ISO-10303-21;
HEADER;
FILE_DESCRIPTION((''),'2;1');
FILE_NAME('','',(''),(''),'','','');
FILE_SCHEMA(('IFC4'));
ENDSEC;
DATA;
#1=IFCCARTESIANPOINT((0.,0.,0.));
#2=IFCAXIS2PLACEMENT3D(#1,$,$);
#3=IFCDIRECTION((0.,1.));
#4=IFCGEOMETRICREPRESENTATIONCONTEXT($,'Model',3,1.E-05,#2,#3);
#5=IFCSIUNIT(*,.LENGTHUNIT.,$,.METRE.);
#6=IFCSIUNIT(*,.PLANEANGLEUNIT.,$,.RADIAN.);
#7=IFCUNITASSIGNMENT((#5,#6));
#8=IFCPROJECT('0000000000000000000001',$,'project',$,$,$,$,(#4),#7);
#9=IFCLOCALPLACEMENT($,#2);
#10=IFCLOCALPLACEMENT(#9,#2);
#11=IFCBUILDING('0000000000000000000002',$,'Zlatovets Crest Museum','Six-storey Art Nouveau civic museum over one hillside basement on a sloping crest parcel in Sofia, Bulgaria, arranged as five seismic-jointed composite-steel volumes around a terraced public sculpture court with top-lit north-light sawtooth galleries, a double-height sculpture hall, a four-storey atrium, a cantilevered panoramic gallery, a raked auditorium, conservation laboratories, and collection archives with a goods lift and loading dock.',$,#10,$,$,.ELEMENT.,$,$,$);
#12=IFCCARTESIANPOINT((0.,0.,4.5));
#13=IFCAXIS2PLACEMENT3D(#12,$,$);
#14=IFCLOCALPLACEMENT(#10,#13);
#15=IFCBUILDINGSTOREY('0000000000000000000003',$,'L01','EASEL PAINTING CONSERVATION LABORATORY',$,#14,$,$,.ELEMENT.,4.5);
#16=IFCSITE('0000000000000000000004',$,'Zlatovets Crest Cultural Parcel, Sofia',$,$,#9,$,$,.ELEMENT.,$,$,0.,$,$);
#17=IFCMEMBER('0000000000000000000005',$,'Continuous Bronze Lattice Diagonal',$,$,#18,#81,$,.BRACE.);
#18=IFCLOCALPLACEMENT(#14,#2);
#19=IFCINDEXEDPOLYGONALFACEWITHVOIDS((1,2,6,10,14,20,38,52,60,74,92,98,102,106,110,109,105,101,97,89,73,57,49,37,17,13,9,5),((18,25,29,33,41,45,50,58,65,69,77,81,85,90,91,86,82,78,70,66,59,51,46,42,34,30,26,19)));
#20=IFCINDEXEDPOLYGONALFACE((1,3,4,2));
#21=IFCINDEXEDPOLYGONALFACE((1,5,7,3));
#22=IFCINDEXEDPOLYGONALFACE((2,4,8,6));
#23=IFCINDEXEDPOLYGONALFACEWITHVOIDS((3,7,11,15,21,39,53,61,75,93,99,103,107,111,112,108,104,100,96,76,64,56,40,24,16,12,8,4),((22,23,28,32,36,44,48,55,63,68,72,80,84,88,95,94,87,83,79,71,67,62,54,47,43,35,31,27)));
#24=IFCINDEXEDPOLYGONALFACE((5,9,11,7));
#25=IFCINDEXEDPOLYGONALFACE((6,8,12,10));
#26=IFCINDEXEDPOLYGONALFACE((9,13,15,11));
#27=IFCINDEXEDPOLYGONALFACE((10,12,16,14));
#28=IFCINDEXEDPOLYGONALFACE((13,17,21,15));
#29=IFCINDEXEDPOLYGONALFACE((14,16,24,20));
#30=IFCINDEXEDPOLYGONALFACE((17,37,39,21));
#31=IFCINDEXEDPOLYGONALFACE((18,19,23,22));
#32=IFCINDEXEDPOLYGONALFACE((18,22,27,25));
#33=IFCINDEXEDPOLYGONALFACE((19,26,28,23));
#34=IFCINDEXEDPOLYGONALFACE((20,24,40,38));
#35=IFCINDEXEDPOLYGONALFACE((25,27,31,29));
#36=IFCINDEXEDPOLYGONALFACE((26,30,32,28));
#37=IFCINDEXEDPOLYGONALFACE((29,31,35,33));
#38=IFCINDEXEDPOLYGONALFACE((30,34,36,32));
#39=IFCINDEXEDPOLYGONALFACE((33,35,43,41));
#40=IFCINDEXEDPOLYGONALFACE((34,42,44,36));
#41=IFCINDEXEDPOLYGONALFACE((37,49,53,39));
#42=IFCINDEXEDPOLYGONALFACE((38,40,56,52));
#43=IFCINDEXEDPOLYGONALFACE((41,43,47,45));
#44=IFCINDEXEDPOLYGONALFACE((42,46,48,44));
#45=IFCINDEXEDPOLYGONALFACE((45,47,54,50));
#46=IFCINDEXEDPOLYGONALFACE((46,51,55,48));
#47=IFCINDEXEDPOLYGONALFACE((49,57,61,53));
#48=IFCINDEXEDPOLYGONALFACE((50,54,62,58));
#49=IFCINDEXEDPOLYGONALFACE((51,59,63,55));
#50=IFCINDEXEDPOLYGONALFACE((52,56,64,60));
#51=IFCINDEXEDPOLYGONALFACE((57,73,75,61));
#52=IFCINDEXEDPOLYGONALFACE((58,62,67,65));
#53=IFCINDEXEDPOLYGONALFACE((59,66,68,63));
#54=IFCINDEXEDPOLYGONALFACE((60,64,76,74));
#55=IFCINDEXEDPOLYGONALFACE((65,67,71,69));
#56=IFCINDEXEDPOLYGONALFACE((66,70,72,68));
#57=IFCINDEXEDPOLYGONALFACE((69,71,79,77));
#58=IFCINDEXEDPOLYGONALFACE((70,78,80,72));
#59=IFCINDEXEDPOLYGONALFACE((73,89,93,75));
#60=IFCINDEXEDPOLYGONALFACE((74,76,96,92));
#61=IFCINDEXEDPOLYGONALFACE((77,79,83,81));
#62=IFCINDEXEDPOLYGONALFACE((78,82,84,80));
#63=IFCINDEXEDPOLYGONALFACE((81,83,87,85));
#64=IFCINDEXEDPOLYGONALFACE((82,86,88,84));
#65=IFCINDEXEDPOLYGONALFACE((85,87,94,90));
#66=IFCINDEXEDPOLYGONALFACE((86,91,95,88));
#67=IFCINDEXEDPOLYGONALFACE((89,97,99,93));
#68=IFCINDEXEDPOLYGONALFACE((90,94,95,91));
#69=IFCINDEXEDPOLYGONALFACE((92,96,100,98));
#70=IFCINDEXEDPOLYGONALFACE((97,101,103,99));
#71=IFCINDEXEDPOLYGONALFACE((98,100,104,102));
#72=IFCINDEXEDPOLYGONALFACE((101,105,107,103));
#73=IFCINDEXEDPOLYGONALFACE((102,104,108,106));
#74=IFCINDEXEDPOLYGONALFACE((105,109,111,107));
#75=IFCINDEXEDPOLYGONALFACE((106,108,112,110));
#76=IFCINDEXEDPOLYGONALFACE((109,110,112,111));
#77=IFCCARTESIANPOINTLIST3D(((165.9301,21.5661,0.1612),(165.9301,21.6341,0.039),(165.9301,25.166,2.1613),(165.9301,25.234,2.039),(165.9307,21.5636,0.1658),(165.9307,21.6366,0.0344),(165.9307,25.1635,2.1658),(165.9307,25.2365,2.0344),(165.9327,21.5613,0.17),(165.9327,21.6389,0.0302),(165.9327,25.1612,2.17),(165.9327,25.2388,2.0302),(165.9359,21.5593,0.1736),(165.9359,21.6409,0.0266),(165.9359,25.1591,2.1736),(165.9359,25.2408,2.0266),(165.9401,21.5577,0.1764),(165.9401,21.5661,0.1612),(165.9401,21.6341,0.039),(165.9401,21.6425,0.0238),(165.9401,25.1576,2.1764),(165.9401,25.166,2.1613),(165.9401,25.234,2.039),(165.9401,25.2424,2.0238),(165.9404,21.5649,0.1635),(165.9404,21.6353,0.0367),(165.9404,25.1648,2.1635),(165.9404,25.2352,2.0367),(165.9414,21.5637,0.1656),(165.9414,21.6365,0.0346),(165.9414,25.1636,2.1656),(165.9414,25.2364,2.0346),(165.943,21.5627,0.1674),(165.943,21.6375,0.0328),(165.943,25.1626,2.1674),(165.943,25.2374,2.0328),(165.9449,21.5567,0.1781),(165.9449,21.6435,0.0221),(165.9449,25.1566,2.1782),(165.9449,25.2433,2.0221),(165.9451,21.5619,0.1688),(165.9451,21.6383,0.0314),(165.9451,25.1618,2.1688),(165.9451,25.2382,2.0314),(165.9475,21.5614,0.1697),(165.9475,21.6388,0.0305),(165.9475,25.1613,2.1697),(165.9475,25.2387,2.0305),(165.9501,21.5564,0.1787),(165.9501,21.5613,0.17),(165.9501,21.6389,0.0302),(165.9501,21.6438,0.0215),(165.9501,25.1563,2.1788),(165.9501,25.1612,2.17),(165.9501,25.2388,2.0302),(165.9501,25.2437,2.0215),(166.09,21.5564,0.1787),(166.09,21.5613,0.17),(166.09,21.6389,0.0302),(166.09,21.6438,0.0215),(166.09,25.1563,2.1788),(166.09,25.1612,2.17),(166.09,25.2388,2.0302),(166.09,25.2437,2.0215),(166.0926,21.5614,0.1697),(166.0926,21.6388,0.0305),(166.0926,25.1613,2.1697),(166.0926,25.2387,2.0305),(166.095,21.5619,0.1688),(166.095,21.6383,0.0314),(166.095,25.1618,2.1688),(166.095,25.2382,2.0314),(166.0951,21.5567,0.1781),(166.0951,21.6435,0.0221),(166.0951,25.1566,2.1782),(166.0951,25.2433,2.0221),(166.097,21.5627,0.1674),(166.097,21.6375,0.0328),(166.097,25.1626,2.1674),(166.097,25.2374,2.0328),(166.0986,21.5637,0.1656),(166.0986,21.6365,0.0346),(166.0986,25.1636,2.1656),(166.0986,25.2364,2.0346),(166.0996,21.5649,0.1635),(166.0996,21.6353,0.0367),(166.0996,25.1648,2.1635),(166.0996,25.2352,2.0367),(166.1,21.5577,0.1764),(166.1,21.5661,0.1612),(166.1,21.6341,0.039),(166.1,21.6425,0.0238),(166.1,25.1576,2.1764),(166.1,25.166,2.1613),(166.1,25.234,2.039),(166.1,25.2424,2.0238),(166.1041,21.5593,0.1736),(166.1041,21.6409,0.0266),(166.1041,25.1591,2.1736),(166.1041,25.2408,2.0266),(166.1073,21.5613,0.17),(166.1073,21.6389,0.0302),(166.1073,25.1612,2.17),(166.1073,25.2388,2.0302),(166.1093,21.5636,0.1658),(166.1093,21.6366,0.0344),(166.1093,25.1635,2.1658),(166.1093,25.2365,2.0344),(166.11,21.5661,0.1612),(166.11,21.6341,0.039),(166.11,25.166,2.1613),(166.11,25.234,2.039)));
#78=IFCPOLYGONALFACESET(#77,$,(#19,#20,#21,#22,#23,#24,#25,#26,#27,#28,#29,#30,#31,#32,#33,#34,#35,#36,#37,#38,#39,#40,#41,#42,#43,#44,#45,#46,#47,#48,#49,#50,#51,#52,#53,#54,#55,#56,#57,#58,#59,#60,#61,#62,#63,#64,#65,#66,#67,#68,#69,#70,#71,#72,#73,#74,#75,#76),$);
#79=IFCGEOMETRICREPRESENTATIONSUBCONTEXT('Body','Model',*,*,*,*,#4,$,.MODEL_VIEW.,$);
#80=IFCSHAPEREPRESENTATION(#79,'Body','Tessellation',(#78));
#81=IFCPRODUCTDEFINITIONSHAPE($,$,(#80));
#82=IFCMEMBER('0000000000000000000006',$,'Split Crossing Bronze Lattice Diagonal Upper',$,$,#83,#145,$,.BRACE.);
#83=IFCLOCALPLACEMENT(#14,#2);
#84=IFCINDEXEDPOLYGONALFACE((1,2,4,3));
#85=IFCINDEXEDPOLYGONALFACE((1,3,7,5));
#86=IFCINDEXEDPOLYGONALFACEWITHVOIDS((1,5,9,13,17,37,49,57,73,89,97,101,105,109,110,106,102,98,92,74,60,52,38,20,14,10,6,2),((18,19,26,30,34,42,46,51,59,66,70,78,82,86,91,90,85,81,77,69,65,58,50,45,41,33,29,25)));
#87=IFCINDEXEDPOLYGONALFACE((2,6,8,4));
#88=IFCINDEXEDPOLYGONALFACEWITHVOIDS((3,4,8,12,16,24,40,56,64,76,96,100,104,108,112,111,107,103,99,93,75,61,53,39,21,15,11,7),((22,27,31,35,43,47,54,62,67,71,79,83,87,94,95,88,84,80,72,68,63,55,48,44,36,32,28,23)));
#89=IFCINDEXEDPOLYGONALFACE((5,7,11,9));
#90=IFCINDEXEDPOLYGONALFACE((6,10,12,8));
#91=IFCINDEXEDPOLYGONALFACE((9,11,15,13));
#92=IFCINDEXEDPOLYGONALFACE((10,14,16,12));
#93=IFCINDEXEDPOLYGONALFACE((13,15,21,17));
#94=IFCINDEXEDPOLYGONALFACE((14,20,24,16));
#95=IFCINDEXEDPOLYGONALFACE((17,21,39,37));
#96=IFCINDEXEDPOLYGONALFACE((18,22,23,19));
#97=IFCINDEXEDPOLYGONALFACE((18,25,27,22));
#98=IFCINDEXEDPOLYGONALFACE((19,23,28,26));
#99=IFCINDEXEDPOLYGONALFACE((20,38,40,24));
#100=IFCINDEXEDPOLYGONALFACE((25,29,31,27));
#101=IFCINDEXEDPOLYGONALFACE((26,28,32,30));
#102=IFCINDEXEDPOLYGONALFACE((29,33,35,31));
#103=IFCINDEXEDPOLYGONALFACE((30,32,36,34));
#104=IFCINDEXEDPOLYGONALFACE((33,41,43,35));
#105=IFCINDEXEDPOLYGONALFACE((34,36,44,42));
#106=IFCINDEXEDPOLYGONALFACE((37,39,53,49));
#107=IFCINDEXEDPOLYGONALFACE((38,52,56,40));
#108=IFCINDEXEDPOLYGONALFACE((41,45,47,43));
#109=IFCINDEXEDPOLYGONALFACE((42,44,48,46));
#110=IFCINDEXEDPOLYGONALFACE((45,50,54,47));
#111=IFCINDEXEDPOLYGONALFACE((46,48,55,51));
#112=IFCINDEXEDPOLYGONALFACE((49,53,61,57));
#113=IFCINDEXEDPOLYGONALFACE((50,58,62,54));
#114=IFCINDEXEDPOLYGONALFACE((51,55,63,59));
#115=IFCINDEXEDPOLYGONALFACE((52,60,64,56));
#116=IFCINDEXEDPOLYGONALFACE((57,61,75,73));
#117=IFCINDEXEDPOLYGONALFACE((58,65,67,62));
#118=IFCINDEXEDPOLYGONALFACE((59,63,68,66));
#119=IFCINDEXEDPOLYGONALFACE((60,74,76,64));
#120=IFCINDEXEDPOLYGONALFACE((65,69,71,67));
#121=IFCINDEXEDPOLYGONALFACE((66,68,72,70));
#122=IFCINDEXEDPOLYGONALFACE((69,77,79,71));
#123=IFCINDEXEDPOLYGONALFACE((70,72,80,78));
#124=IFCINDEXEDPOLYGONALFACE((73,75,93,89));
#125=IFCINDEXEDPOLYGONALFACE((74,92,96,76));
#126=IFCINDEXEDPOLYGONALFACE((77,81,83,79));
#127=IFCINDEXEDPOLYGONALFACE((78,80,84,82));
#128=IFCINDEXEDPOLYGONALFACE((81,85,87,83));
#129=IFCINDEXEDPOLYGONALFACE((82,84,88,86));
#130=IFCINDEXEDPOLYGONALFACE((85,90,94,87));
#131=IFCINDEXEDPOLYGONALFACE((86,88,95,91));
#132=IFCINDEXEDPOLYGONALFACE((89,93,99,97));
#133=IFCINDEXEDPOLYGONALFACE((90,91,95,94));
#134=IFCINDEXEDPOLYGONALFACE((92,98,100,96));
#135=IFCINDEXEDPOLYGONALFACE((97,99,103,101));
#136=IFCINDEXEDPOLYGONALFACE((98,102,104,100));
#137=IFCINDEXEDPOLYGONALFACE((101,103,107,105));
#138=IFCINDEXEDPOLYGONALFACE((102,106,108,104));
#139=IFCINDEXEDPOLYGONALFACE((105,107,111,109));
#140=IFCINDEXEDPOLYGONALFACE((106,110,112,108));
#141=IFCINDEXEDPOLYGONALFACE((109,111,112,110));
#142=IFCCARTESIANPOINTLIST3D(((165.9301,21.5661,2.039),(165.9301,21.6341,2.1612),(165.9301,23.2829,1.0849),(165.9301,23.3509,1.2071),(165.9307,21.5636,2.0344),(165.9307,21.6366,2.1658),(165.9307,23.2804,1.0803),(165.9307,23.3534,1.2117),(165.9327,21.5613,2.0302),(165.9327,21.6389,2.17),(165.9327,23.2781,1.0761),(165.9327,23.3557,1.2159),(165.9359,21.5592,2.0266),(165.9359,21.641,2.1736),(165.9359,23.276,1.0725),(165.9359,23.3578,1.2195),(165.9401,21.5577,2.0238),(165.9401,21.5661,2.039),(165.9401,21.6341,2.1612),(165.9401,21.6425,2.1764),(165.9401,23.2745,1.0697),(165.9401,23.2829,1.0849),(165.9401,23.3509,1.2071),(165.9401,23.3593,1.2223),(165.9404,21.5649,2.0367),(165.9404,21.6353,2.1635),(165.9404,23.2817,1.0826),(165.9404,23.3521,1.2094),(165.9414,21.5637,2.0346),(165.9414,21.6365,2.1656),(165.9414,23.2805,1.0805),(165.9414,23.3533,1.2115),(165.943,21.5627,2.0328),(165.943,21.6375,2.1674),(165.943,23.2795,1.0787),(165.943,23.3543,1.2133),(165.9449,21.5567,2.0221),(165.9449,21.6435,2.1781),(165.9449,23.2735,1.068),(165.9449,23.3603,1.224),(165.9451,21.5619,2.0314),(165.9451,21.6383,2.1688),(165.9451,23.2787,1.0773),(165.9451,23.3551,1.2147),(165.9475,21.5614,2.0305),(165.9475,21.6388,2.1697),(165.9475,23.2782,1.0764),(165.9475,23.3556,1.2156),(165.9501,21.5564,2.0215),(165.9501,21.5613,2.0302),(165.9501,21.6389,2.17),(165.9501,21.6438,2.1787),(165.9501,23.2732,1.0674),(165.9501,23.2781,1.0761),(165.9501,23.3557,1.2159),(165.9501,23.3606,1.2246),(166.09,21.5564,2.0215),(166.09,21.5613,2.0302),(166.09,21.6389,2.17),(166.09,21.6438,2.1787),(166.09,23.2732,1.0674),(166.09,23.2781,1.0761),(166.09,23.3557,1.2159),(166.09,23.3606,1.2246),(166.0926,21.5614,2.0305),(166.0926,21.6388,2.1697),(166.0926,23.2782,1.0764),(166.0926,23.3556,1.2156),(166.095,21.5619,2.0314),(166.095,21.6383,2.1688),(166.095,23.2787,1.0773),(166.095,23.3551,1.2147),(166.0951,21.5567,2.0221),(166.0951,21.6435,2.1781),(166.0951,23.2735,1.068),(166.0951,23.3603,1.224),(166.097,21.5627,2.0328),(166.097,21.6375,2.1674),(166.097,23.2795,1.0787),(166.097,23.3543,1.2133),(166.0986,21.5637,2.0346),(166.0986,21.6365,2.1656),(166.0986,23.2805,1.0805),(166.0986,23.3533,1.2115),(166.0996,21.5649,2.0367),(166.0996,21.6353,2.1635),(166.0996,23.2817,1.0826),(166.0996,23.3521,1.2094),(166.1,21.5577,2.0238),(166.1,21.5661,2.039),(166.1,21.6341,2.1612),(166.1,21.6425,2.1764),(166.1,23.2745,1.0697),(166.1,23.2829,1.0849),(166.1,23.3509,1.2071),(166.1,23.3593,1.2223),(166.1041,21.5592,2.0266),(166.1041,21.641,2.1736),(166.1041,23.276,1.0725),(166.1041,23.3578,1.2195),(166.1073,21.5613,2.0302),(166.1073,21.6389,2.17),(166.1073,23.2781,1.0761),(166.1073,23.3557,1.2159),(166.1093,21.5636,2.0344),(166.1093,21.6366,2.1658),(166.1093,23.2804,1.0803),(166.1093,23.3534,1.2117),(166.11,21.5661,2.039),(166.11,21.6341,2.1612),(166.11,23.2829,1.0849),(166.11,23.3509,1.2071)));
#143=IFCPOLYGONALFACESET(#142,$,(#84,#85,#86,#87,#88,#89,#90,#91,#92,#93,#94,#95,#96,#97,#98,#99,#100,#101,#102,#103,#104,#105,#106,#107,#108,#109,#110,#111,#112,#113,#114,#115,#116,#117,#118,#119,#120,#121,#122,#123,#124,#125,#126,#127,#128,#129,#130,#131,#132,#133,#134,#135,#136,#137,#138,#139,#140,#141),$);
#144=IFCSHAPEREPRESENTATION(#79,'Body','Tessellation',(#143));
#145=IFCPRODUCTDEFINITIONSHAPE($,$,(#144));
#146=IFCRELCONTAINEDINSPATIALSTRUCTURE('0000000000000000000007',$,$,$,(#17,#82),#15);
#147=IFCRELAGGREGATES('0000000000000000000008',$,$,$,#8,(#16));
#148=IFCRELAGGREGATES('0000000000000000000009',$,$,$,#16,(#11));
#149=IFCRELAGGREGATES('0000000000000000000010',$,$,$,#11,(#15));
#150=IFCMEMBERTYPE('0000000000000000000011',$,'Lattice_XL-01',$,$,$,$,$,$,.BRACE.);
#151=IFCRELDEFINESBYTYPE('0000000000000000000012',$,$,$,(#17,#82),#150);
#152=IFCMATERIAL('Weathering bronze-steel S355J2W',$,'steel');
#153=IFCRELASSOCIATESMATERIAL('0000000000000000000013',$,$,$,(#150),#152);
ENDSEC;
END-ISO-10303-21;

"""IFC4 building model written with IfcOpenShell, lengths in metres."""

from ifc_helpers import new_model, si_unit, direction, frame, origin, origin_2d, place, context, subcontext, project, spatial, hollow_rectangle, extrude, material, material_profile, profile_set, type_object, element, save


model = new_model("IFC4")

# Units and contexts
model_context = context("Model", 3, precision=1e-05, world=origin(), true_north=direction((0.0, 1.0)))
body_context = subcontext(model_context, "Body", "Model", "MODEL_VIEW")
ifc_project = project(units=[si_unit("LENGTHUNIT", "METRE"), si_unit("PLANEANGLEUNIT", "RADIAN")], contexts=[model_context])

# Site, building, storey
site_placement = place(None, origin())
site = spatial("IfcSite", under=ifc_project, at=site_placement, Name="Zlatovets Crest Cultural Parcel, Sofia", CompositionType="ELEMENT", RefElevation=0.0)
building_placement = place(site_placement, origin())
building = spatial("IfcBuilding", under=site, at=building_placement, Name="Zlatovets Crest Museum", Description="Six-storey Art Nouveau civic museum over one hillside basement on a sloping crest parcel in Sofia, Bulgaria, arranged as five seismic-jointed composite-steel volumes around a terraced public sculpture court with top-lit north-light sawtooth galleries, a double-height sculpture hall, a four-storey atrium, a cantilevered panoramic gallery, a raked auditorium, conservation laboratories, and collection archives with a goods lift and loading dock.", CompositionType="ELEMENT")
storey_placement = place(building_placement, frame((0.0, 0.0, 4.5)))
storey = spatial("IfcBuildingStorey", under=building, at=storey_placement, Name="L01", Description="EASEL PAINTING CONSERVATION LABORATORY", CompositionType="ELEMENT", Elevation=4.5)

# Members
ifc_material_1 = material(Name="Weathering bronze-steel S355J2W", Category="steel")
ifc_material_profile_1 = material_profile(ifc_material_1, hollow_rectangle(XDim=0.1799, YDim=0.1799, WallThickness=0.01, InnerFilletRadius=0.01, OuterFilletRadius=0.02, at=origin_2d()), Name="SHS 180x180x10.0")
ifc_profile_set_1 = profile_set([ifc_material_profile_1], Name="Weathering bronze-steel S355J2W")
member_type_1 = type_object("IfcMemberType", Name="Lattice_XL-01", PredefinedType="BRACE", material=ifc_profile_set_1)
member_1_placement = place(storey_placement, frame((166.02, 21.6001, 0.1001), z_axis=(0.0, 0.874149, 0.485658), x_axis=(-1.0, 0.0, 0.0)))
element("IfcMember", 1, at=member_1_placement, inside=storey, type_object=member_type_1, Name="Continuous Bronze Lattice Diagonal", PredefinedType="BRACE", context=body_context, shape_type="SweptSolid", body=[
    extrude(hollow_rectangle(XDim=0.1799, YDim=0.1799, WallThickness=0.01, InnerFilletRadius=0.01, OuterFilletRadius=0.02, at=origin_2d()), origin(), (0.0, 0.0, 1.0), 4.1182),
])
for number, where, z_axis, x_axis, name in (
    (2, (166.02, 21.6001, 2.1001), (0.0, 0.874087, -0.48577), (-1.0, 0.0, 0.0), "Split Crossing Bronze Lattice Diagonal Upper"),
):
    element("IfcMember", number, at=place(storey_placement, frame(where, z_axis=z_axis, x_axis=x_axis)), inside=storey, type_object=member_type_1, Name=name, PredefinedType="BRACE", context=body_context, shape_type="SweptSolid", body=[
        extrude(hollow_rectangle(XDim=0.1799, YDim=0.1799, WallThickness=0.01, InnerFilletRadius=0.01, OuterFilletRadius=0.02, at=origin_2d()), origin(), (0.0, 0.0, 1.0), 1.9641),
    ])

save(model, "model.ifc")
